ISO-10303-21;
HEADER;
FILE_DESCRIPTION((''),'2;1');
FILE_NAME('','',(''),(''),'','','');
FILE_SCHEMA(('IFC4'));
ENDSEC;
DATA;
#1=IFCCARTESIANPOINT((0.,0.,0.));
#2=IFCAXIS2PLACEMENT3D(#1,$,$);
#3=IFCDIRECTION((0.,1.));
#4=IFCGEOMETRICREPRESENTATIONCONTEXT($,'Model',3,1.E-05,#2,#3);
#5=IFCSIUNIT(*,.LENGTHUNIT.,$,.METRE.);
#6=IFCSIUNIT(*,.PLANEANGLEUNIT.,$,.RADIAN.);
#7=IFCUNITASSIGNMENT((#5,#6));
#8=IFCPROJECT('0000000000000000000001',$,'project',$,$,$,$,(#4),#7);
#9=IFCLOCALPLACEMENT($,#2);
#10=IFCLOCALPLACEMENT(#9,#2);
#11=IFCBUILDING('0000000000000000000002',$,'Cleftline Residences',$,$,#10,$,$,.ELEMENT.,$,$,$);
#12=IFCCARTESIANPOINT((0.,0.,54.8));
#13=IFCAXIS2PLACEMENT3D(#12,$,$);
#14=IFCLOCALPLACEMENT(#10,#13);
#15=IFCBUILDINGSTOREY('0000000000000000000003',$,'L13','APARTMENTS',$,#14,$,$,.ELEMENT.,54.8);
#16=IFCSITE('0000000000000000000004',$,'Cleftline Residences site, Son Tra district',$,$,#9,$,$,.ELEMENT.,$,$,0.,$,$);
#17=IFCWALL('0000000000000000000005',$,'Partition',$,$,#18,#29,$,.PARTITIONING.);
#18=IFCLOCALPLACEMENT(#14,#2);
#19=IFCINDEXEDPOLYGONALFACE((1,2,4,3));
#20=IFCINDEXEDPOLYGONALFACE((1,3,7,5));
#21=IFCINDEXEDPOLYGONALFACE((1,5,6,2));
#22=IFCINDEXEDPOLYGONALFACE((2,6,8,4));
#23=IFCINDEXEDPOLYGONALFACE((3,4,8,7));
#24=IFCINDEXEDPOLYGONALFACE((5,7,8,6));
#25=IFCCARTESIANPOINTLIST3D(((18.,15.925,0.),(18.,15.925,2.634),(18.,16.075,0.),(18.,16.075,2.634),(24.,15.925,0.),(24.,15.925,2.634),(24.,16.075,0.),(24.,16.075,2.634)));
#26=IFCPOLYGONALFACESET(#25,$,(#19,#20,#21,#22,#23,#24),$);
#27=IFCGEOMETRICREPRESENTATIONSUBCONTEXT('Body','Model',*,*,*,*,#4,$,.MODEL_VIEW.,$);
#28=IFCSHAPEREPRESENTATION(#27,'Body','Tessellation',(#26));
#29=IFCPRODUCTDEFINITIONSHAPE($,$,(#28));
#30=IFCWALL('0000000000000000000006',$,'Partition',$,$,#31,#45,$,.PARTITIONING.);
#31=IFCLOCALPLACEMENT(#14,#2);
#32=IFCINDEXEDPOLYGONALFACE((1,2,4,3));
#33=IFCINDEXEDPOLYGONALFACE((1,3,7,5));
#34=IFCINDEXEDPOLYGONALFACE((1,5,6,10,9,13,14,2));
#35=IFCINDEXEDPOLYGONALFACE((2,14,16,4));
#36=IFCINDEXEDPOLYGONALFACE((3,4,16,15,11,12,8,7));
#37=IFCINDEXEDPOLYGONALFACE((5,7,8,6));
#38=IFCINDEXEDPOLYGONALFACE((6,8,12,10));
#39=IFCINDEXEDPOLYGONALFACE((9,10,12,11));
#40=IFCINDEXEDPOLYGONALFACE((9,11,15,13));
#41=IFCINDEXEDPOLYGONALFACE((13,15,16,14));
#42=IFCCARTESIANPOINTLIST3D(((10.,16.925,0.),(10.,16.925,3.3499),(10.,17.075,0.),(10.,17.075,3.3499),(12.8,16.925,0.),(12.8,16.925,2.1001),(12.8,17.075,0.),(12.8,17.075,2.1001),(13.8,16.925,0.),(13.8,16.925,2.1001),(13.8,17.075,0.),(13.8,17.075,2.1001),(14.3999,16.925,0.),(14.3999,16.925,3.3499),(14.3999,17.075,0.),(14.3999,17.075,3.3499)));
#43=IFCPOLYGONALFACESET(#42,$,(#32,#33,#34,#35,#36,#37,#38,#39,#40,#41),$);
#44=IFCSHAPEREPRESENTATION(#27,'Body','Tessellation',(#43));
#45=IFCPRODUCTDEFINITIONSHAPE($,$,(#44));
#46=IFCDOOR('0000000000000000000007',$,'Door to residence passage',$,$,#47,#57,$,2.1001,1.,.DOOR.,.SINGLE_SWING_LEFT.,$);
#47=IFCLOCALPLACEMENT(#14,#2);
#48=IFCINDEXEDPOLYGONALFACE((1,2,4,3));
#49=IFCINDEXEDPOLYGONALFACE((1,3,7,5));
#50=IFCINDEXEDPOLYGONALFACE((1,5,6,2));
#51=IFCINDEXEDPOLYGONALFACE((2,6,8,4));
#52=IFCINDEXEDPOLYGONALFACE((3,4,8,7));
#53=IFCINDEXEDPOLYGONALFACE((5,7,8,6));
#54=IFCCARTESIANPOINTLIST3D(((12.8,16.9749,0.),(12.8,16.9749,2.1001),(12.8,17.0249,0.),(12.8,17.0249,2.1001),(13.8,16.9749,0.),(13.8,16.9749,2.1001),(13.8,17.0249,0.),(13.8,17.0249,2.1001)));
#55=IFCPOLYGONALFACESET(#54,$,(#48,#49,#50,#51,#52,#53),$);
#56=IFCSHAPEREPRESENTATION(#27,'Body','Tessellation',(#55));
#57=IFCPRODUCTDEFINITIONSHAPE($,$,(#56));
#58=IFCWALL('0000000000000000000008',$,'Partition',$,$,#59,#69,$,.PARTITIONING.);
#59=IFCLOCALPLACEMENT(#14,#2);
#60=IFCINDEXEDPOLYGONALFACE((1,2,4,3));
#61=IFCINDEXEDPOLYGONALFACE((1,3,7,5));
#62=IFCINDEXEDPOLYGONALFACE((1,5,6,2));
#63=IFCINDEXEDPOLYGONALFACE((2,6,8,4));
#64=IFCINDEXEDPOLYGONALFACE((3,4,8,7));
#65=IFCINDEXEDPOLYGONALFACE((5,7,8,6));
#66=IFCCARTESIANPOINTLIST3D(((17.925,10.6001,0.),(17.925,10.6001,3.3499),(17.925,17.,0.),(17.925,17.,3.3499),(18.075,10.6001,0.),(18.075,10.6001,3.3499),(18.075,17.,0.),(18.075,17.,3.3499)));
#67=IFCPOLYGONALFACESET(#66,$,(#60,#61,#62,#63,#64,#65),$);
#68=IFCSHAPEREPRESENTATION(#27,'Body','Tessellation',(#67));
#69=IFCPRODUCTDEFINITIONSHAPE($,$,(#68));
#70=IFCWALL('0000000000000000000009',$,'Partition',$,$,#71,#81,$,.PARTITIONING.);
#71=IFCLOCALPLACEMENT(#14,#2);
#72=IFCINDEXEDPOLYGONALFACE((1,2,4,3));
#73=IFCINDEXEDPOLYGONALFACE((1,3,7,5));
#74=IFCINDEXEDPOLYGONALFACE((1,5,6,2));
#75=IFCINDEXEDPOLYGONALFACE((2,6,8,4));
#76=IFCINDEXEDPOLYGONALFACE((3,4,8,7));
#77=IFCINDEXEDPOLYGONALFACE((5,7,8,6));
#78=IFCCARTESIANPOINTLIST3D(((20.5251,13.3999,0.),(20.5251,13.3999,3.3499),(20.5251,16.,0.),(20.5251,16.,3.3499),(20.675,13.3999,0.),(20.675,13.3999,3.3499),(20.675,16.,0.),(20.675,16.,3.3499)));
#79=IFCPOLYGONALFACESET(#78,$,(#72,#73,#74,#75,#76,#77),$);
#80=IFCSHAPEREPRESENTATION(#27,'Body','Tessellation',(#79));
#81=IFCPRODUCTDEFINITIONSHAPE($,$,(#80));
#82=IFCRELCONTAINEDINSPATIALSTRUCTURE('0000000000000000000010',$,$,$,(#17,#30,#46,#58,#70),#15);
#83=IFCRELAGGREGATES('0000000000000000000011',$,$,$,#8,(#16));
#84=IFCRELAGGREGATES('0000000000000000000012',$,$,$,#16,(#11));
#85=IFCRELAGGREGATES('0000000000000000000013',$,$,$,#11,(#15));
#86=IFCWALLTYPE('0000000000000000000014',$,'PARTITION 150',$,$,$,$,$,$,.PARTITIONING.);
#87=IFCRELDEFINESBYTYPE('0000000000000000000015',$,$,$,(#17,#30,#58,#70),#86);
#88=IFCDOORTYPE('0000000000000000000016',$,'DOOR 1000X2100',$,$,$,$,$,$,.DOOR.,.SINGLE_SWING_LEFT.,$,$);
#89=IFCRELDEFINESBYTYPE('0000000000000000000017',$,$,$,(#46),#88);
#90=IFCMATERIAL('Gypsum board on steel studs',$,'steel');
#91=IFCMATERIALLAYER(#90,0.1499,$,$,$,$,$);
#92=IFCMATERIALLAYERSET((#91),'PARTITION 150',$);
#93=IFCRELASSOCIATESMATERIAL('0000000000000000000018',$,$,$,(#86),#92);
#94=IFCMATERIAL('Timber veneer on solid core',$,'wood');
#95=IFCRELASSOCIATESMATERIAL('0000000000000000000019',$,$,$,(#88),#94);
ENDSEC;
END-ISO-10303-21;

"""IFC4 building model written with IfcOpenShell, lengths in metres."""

from ifc_helpers import new_model, si_unit, direction, frame, frame_2d, origin, place, context, subcontext, project, spatial, rectangle, extrude, material, layer, layer_set, type_object, element, fill, save


model = new_model("IFC4")

# Units and contexts
model_context = context("Model", 3, precision=1e-05, world=origin(), true_north=direction((0.0, 1.0)))
body_context = subcontext(model_context, "Body", "Model", "MODEL_VIEW")
ifc_project = project(units=[si_unit("LENGTHUNIT", "METRE"), si_unit("PLANEANGLEUNIT", "RADIAN")], contexts=[model_context])

# Site, building, storey
site_placement = place(None, origin())
site = spatial("IfcSite", under=ifc_project, at=site_placement, Name="Cleftline Residences site, Son Tra district", CompositionType="ELEMENT", RefElevation=0.0)
building_placement = place(site_placement, origin())
building = spatial("IfcBuilding", under=site, at=building_placement, Name="Cleftline Residences", CompositionType="ELEMENT")
storey_placement = place(building_placement, frame((0.0, 0.0, 54.8)))
storey = spatial("IfcBuildingStorey", under=building, at=storey_placement, Name="L13", Description="APARTMENTS", CompositionType="ELEMENT", Elevation=54.8)

# Shared definitions
ifc_material_1 = material(Name="Gypsum board on steel studs", Category="steel")
ifc_layer_1 = layer(ifc_material_1, 0.1499)
ifc_layer_set_1 = layer_set([ifc_layer_1], Name="PARTITION 150")
wall_type_1 = type_object("IfcWallType", Name="PARTITION 150", PredefinedType="PARTITIONING", material=ifc_layer_set_1)

# Wall
wall_1_placement = place(storey_placement, frame((18.0, 16.0, 0.0), z_axis=(0.0, 0.0, 1.0), x_axis=(1.0, 0.0, 0.0)))
element("IfcWall", 1, at=wall_1_placement, inside=storey, type_object=wall_type_1, Name="Partition", PredefinedType="PARTITIONING", context=body_context, shape_type="SweptSolid", body=[
    extrude(rectangle(XDim=6.0, YDim=0.1499, at=frame_2d((3.0, 0.0))), origin(), (0.0, 0.0, 1.0), 2.634),
])

# Wall, opening, door
wall_2_placement = place(storey_placement, frame((10.0, 17.0, 0.0), z_axis=(0.0, 0.0, 1.0), x_axis=(1.0, 0.0, 0.0)))
wall_2 = element("IfcWall", 2, at=wall_2_placement, inside=storey, type_object=wall_type_1, Name="Partition", PredefinedType="PARTITIONING", context=body_context, shape_type="SweptSolid", body=[
    extrude(rectangle(XDim=4.3999, YDim=0.1499, at=frame_2d((2.2, 0.0))), origin(), (0.0, 0.0, 1.0), 3.3499),
])
opening_1_placement = place(wall_2_placement, frame((2.8, 0.0, 0.0)))
opening_1 = element("IfcOpeningElement", 3, at=opening_1_placement, cuts=wall_2, PredefinedType="OPENING", context=body_context, shape_type="SweptSolid", body=[
    extrude(rectangle(XDim=1.0, YDim=2.1001, at=frame_2d((0.5, 1.05))), frame((0.0, 0.085, 0.0), z_axis=(0.0, -1.0, 0.0), x_axis=(1.0, 0.0, 0.0)), (0.0, 0.0, 1.0), 0.1699),
])
ifc_material_2 = material(Name="Timber veneer on solid core", Category="wood")
door_type_1 = type_object("IfcDoorType", Name="DOOR 1000X2100", OperationType="SINGLE_SWING_LEFT", PredefinedType="DOOR", material=ifc_material_2)
door_1_placement = place(opening_1_placement, origin())
door_1 = element("IfcDoor", 4, at=door_1_placement, inside=storey, type_object=door_type_1, Name="Door to residence passage", OperationType="SINGLE_SWING_LEFT", OverallHeight=2.1001, OverallWidth=1.0, PredefinedType="DOOR", context=body_context, shape_type="SweptSolid", body=[
    extrude(rectangle(XDim=1.0, YDim=2.1001, at=frame_2d((0.5, 1.05))), frame((0.0, 0.0249, 0.0), z_axis=(0.0, -1.0, 0.0), x_axis=(1.0, 0.0, 0.0)), (0.0, 0.0, 1.0), 0.05),
])
fill(opening_1, door_1)

# Walls
wall_3_placement = place(storey_placement, frame((18.0, 10.6001, 0.0), z_axis=(0.0, 0.0, 1.0), x_axis=(0.0, 1.0, 0.0)))
element("IfcWall", 5, at=wall_3_placement, inside=storey, type_object=wall_type_1, Name="Partition", PredefinedType="PARTITIONING", context=body_context, shape_type="SweptSolid", body=[
    extrude(rectangle(XDim=6.3999, YDim=0.1499, at=frame_2d((3.2, 0.0))), origin(), (0.0, 0.0, 1.0), 3.3499),
])
wall_4_placement = place(storey_placement, frame((20.6001, 13.3999, 0.0), z_axis=(0.0, 0.0, 1.0), x_axis=(0.0, 1.0, 0.0)))
element("IfcWall", 6, at=wall_4_placement, inside=storey, type_object=wall_type_1, Name="Partition", PredefinedType="PARTITIONING", context=body_context, shape_type="SweptSolid", body=[
    extrude(rectangle(XDim=2.6001, YDim=0.1499, at=frame_2d((1.3, 0.0))), origin(), (0.0, 0.0, 1.0), 3.3499),
])

save(model, "model.ifc")
